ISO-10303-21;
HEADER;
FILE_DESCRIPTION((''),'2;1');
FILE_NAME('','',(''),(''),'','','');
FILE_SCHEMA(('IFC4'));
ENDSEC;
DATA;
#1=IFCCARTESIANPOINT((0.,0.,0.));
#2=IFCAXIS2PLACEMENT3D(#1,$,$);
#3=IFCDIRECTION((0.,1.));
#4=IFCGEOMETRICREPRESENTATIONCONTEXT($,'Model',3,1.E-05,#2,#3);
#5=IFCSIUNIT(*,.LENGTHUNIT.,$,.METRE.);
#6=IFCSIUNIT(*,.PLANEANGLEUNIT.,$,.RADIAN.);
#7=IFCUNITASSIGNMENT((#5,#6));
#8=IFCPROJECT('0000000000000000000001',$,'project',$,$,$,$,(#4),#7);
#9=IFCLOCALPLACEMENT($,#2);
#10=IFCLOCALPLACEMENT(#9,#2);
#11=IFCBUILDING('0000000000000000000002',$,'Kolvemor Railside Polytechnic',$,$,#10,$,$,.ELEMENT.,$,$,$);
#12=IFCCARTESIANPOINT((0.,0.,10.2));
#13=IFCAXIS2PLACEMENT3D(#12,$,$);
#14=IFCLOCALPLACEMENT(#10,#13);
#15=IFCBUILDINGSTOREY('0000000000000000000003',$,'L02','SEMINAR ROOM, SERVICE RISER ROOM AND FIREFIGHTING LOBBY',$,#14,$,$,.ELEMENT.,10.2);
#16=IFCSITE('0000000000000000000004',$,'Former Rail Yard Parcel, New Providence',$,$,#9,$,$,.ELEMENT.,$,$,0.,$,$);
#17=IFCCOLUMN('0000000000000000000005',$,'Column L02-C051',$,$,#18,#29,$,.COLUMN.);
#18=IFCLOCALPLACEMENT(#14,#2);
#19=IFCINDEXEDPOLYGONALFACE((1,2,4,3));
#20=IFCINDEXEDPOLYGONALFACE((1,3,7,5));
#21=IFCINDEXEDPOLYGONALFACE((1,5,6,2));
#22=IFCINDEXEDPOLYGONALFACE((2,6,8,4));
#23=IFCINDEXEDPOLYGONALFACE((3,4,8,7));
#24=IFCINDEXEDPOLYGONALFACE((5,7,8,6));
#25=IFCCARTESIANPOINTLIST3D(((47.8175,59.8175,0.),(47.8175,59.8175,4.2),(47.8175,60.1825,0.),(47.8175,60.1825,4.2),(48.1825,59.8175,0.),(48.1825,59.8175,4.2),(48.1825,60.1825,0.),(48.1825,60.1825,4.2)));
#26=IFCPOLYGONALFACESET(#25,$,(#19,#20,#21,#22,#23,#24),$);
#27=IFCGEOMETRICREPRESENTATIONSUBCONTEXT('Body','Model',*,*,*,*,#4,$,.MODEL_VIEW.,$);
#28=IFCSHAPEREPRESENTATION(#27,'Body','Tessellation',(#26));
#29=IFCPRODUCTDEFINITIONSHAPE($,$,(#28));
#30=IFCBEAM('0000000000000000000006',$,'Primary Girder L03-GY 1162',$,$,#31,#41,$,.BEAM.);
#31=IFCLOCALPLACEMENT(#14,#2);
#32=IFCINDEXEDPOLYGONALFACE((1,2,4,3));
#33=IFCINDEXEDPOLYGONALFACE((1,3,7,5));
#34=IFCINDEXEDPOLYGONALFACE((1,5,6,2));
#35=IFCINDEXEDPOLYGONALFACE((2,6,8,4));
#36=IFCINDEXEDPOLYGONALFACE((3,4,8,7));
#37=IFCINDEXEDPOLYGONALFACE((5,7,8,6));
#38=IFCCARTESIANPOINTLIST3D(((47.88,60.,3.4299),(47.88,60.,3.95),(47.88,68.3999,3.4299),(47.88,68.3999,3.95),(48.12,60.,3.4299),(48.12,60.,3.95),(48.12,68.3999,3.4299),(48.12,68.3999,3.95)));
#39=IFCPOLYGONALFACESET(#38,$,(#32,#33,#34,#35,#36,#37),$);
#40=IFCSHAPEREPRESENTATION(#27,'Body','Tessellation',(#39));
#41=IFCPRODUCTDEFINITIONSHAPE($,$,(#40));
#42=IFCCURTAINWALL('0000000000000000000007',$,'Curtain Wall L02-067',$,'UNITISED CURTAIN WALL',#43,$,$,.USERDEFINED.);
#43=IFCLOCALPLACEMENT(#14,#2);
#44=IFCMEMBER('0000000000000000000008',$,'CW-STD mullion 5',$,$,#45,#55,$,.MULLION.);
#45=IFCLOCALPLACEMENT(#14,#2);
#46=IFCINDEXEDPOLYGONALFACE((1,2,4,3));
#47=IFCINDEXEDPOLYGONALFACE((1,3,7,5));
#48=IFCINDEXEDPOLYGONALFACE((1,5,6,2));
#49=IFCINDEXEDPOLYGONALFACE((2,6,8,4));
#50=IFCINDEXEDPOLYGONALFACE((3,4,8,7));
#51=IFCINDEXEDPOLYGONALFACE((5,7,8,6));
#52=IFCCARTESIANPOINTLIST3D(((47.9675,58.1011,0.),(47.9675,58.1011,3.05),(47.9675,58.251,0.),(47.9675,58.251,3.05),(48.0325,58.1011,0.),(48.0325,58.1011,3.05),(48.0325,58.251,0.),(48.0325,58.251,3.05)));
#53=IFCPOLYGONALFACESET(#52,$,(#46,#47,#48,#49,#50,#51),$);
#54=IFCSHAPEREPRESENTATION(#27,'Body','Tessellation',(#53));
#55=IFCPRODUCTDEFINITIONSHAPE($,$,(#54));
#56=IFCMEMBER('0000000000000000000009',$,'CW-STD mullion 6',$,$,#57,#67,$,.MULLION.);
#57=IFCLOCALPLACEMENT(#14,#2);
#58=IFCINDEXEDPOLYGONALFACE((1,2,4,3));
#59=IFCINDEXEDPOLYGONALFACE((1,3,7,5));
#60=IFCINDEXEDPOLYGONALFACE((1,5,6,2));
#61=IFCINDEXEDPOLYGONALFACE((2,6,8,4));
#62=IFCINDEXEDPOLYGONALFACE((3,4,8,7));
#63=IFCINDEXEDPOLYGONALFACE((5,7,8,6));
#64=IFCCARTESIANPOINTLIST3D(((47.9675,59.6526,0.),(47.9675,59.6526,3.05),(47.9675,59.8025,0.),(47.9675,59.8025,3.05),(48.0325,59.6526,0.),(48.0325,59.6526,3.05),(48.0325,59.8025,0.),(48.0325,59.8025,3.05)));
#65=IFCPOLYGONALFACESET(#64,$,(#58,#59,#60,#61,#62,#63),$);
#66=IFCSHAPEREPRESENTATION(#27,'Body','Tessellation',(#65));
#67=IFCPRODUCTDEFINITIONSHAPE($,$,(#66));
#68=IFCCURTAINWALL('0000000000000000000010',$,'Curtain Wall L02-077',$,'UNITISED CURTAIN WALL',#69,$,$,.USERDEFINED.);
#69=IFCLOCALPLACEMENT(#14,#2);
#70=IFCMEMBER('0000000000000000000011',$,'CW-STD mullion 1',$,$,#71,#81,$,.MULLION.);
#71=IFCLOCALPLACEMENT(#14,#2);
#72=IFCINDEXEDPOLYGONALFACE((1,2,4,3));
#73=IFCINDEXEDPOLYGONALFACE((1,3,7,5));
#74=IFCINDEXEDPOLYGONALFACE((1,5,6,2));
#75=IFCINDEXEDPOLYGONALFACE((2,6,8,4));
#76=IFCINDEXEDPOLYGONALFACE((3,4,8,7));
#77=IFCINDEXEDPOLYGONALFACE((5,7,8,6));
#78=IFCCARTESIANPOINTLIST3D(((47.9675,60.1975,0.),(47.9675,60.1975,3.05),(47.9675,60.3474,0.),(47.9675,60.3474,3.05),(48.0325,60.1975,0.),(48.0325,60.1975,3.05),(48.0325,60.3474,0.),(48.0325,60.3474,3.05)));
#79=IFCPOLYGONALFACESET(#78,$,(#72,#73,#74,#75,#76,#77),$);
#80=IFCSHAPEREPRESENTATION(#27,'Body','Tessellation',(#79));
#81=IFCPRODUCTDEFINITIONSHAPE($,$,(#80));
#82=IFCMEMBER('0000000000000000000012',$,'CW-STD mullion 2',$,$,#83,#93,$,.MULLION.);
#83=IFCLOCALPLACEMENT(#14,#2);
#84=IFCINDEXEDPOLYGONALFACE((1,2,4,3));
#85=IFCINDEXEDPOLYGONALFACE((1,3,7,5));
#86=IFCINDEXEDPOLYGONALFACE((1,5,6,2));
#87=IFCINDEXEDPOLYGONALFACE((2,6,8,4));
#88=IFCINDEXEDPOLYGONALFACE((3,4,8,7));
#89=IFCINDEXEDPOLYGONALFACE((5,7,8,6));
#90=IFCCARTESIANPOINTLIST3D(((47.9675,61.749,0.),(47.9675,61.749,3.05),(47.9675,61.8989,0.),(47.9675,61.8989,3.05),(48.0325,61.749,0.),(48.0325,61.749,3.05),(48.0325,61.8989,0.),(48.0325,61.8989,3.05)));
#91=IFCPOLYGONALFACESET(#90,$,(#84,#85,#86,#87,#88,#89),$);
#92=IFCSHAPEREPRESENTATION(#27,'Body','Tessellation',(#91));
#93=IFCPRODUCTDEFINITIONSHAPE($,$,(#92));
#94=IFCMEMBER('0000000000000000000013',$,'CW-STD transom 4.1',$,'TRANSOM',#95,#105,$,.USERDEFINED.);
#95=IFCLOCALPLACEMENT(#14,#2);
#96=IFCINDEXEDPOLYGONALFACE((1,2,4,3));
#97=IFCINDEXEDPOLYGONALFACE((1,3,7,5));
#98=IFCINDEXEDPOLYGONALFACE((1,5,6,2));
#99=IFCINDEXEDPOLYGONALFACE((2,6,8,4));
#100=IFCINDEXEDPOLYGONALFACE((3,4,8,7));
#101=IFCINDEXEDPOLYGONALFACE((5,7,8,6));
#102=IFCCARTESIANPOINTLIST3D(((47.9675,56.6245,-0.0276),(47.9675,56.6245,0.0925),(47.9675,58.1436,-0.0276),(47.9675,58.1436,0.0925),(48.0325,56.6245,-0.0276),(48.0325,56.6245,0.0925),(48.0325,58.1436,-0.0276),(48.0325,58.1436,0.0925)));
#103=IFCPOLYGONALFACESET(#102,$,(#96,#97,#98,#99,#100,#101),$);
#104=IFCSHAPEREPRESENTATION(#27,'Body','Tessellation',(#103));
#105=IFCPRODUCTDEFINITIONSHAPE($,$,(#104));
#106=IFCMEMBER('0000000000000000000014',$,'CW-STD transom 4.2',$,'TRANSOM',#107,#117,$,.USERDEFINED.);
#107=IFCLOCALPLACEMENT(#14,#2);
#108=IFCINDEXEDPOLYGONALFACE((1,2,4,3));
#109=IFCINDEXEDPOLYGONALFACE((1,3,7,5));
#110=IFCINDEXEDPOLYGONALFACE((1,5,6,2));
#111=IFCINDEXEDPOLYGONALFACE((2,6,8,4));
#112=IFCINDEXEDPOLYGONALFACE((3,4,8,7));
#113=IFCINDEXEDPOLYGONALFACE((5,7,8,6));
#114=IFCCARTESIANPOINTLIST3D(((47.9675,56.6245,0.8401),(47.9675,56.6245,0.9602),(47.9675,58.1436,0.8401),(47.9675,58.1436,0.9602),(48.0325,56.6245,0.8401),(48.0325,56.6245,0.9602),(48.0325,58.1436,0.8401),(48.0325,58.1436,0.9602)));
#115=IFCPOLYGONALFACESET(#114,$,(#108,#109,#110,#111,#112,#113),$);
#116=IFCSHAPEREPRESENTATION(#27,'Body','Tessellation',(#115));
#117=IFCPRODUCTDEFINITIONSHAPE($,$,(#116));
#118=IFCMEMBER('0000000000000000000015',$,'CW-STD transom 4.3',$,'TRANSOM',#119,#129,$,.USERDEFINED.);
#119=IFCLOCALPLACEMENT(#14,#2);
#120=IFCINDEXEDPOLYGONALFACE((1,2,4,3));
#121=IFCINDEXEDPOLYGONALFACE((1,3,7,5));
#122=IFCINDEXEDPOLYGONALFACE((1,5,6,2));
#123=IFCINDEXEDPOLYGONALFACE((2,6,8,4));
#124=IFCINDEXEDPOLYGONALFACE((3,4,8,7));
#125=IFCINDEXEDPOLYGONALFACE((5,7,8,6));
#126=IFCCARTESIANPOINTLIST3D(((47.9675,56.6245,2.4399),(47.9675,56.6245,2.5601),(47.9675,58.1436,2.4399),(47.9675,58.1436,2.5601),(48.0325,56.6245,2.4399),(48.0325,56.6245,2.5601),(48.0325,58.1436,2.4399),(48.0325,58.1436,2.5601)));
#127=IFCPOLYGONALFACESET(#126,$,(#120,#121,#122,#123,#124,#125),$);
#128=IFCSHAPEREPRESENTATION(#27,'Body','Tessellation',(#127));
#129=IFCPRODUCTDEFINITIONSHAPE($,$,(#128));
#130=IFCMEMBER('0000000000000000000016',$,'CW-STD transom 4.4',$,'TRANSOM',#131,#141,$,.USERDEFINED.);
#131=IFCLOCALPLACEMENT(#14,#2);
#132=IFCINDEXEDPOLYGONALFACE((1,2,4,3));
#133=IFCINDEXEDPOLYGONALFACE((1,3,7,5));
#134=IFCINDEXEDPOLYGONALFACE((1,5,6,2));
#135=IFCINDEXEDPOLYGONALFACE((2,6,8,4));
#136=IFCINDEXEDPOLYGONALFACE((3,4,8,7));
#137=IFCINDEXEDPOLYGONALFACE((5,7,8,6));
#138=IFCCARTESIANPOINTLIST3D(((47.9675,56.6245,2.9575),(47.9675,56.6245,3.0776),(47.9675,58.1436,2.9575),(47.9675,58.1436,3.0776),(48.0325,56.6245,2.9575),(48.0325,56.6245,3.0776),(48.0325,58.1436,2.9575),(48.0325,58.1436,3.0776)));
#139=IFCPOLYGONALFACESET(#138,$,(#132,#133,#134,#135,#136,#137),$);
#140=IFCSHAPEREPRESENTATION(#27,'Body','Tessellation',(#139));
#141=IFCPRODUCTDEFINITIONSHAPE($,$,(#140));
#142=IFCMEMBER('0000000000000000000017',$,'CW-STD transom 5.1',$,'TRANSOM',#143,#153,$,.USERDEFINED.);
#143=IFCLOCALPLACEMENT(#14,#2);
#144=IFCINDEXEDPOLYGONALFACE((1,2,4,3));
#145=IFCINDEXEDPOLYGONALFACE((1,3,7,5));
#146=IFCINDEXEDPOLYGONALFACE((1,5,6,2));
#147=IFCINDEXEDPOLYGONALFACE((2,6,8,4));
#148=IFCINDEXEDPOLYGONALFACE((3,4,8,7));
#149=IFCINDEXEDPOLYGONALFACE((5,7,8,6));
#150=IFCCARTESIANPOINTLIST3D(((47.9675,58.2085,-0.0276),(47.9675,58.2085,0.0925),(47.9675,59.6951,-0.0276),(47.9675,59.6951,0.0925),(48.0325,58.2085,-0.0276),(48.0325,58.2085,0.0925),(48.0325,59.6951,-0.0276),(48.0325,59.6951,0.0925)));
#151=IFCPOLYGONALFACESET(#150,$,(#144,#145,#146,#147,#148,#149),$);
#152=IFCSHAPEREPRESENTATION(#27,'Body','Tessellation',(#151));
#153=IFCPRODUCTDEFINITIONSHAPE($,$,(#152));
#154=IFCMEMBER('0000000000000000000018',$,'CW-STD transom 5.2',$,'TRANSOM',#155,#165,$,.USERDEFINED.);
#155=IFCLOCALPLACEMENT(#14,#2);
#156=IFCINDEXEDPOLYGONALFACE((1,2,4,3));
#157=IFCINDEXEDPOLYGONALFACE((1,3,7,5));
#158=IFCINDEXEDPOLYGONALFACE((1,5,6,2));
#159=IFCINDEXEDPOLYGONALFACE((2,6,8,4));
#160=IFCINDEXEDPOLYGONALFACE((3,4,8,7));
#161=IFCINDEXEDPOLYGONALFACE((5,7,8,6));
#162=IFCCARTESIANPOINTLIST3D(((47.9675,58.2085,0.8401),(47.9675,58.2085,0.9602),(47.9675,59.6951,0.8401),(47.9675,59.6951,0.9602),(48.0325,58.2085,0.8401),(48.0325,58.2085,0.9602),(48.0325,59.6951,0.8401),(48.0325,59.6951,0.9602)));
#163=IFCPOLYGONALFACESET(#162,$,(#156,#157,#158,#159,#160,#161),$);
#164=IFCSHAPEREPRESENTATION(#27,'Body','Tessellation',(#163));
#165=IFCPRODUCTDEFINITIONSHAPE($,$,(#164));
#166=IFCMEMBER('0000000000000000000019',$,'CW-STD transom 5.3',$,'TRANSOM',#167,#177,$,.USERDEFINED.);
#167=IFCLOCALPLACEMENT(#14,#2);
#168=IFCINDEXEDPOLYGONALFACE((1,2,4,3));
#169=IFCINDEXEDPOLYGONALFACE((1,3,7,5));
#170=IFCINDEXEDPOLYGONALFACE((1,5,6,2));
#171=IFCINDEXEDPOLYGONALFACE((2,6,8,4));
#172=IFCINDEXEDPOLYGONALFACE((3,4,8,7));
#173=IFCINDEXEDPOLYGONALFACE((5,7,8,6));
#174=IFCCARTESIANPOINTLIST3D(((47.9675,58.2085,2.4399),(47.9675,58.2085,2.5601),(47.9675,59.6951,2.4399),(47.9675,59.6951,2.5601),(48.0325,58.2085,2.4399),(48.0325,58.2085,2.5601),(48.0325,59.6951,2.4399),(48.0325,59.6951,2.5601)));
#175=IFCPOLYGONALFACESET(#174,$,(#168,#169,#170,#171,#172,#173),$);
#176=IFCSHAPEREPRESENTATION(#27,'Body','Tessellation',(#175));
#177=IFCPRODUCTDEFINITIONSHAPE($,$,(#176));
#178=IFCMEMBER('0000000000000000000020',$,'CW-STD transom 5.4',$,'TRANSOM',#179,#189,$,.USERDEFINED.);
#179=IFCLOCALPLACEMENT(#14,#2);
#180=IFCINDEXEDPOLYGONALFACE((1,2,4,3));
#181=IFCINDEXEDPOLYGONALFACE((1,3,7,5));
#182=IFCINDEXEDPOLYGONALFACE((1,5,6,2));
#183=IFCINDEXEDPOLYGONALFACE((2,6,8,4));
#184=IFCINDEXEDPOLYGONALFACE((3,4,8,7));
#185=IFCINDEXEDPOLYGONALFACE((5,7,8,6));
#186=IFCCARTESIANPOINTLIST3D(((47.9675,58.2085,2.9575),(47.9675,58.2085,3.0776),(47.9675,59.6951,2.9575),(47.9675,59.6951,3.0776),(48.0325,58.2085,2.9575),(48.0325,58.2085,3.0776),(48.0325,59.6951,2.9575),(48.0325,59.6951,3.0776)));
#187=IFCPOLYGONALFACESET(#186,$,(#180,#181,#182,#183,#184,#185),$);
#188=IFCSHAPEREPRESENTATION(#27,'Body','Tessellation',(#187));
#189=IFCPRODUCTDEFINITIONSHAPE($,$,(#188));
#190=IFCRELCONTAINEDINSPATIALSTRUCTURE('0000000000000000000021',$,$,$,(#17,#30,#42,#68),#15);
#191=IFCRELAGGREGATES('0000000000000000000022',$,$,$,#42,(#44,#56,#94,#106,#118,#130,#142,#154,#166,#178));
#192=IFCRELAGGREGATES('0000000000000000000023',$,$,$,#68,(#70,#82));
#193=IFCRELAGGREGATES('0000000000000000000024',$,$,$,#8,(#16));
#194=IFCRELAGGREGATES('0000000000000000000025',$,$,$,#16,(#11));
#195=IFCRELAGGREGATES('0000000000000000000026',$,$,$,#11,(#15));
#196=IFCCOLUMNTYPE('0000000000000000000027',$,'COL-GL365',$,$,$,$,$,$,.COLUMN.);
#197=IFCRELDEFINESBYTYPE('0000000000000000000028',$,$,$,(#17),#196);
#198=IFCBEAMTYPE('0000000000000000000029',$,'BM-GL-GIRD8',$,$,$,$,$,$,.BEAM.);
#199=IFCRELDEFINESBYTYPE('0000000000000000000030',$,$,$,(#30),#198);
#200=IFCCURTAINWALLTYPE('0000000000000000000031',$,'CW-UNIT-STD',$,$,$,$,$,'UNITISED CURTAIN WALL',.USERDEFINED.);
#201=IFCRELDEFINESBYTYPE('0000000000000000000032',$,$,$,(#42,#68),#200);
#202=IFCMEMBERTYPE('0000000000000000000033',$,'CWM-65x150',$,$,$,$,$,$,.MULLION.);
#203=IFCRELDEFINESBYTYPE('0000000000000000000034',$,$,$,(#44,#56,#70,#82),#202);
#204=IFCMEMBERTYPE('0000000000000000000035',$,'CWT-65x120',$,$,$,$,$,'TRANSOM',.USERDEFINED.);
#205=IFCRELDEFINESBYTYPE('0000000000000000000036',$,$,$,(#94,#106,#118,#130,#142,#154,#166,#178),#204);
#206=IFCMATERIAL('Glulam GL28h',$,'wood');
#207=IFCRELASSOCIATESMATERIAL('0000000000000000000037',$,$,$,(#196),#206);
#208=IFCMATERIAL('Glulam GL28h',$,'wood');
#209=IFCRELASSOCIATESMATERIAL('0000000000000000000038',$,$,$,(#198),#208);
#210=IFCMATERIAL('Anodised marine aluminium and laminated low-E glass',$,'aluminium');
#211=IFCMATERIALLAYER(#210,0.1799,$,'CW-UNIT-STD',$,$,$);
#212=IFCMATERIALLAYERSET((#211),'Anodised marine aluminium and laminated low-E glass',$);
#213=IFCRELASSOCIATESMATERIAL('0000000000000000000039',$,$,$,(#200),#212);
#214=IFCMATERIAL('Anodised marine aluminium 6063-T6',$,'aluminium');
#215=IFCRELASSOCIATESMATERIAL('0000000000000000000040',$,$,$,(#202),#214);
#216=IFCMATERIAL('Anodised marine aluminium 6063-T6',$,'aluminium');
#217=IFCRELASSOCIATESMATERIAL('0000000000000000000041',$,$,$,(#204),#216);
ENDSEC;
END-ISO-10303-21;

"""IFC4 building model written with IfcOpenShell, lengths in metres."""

from ifc_helpers import new_model, si_unit, direction, frame, origin, origin_2d, place, context, subcontext, project, spatial, rectangle, extrude, material, layer, layer_set, material_profile, profile_set, type_object, element, aggregate, save


model = new_model("IFC4")

# Units and contexts
model_context = context("Model", 3, precision=1e-05, world=origin(), true_north=direction((0.0, 1.0)))
body_context = subcontext(model_context, "Body", "Model", "MODEL_VIEW")
ifc_project = project(units=[si_unit("LENGTHUNIT", "METRE"), si_unit("PLANEANGLEUNIT", "RADIAN")], contexts=[model_context])

# Site, building, storey
site_placement = place(None, origin())
site = spatial("IfcSite", under=ifc_project, at=site_placement, Name="Former Rail Yard Parcel, New Providence", CompositionType="ELEMENT", RefElevation=0.0)
building_placement = place(site_placement, origin())
building = spatial("IfcBuilding", under=site, at=building_placement, Name="Kolvemor Railside Polytechnic", CompositionType="ELEMENT")
storey_placement = place(building_placement, frame((0.0, 0.0, 10.2)))
storey = spatial("IfcBuildingStorey", under=building, at=storey_placement, Name="L02", Description="SEMINAR ROOM, SERVICE RISER ROOM AND FIREFIGHTING LOBBY", CompositionType="ELEMENT", Elevation=10.2)

# Column
ifc_material_1 = material(Name="Glulam GL28h", Category="wood")
ifc_material_profile_1 = material_profile(ifc_material_1, rectangle(XDim=0.365, YDim=0.365, at=origin_2d()), Name="GL365x365")
ifc_profile_set_1 = profile_set([ifc_material_profile_1], Name="Glulam GL28h")
column_type = type_object("IfcColumnType", Name="COL-GL365", PredefinedType="COLUMN", material=ifc_profile_set_1)
column_placement = place(storey_placement, frame((48.0, 60.0, 0.0), z_axis=(0.0, 0.0, 1.0), x_axis=(1.0, 0.0, 0.0)))
element("IfcColumn", 1, at=column_placement, inside=storey, type_object=column_type, Name="Column L02-C051", PredefinedType="COLUMN", context=body_context, shape_type="SweptSolid", body=[
    extrude(rectangle(XDim=0.365, YDim=0.365, at=origin_2d()), origin(), (0.0, 0.0, 1.0), 4.2),
])

# Beam
ifc_material_2 = material(Name="Glulam GL28h", Category="wood")
ifc_material_profile_2 = material_profile(ifc_material_2, rectangle(XDim=0.24, YDim=0.52, at=origin_2d()), Name="GL240x520")
ifc_profile_set_2 = profile_set([ifc_material_profile_2], Name="Glulam GL28h")
beam_type = type_object("IfcBeamType", Name="BM-GL-GIRD8", PredefinedType="BEAM", material=ifc_profile_set_2)
beam_placement = place(storey_placement, frame((48.0, 60.0, 3.6899), z_axis=(0.0, 1.0, 0.0), x_axis=(-1.0, 0.0, 0.0)))
element("IfcBeam", 2, at=beam_placement, inside=storey, type_object=beam_type, Name="Primary Girder L03-GY 1162", PredefinedType="BEAM", context=body_context, shape_type="SweptSolid", body=[
    extrude(rectangle(XDim=0.24, YDim=0.52, at=origin_2d()), origin(), (0.0, 0.0, 1.0), 8.3999),
])

# Curtain walls, members
ifc_material_3 = material(Name="Anodised marine aluminium and laminated low-E glass", Category="aluminium")
ifc_layer_1 = layer(ifc_material_3, 0.1799, Name="CW-UNIT-STD")
ifc_layer_set_1 = layer_set([ifc_layer_1], Name="Anodised marine aluminium and laminated low-E glass")
curtain_wall_type = type_object("IfcCurtainWallType", Name="CW-UNIT-STD", ElementType="UNITISED CURTAIN WALL", PredefinedType="USERDEFINED", material=ifc_layer_set_1)
curtain_wall_1_placement = place(storey_placement, origin())
curtain_wall_1 = element("IfcCurtainWall", 3, at=curtain_wall_1_placement, inside=storey, type_object=curtain_wall_type, Name="Curtain Wall L02-067", ObjectType="UNITISED CURTAIN WALL", PredefinedType="USERDEFINED")
ifc_material_4 = material(Name="Anodised marine aluminium 6063-T6", Category="aluminium")
ifc_material_profile_3 = material_profile(ifc_material_4, rectangle(XDim=0.0649, YDim=0.1499, at=origin_2d()), Name="CW-MUL-65x150")
ifc_profile_set_3 = profile_set([ifc_material_profile_3], Name="Anodised marine aluminium 6063-T6")
member_type_1 = type_object("IfcMemberType", Name="CWM-65x150", PredefinedType="MULLION", material=ifc_profile_set_3)
member_1_placement = place(storey_placement, frame((48.0, 58.176, 0.0), z_axis=(0.0, 0.0, 1.0), x_axis=(-1.0, 0.0, 0.0)))
member_1 = element("IfcMember", 4, at=member_1_placement, type_object=member_type_1, Name="CW-STD mullion 5", PredefinedType="MULLION", context=body_context, shape_type="SweptSolid", body=[
    extrude(rectangle(XDim=0.0649, YDim=0.1499, at=origin_2d()), origin(), (0.0, 0.0, 1.0), 3.05),
])
member_2_placement = place(storey_placement, frame((48.0, 59.7275, 0.0), z_axis=(0.0, 0.0, 1.0), x_axis=(-1.0, 0.0, 0.0)))
member_2 = element("IfcMember", 5, at=member_2_placement, type_object=member_type_1, Name="CW-STD mullion 6", PredefinedType="MULLION", context=body_context, shape_type="SweptSolid", body=[
    extrude(rectangle(XDim=0.0649, YDim=0.1499, at=origin_2d()), origin(), (0.0, 0.0, 1.0), 3.05),
])
curtain_wall_2_placement = place(storey_placement, origin())
curtain_wall_2 = element("IfcCurtainWall", 6, at=curtain_wall_2_placement, inside=storey, type_object=curtain_wall_type, Name="Curtain Wall L02-077", ObjectType="UNITISED CURTAIN WALL", PredefinedType="USERDEFINED")
member_3_placement = place(storey_placement, frame((48.0, 60.2725, 0.0), z_axis=(0.0, 0.0, 1.0), x_axis=(-1.0, 0.0, 0.0)))
member_3 = element("IfcMember", 7, at=member_3_placement, type_object=member_type_1, Name="CW-STD mullion 1", PredefinedType="MULLION", context=body_context, shape_type="SweptSolid", body=[
    extrude(rectangle(XDim=0.0649, YDim=0.1499, at=origin_2d()), origin(), (0.0, 0.0, 1.0), 3.05),
])
member_4_placement = place(storey_placement, frame((48.0, 61.824, 0.0), z_axis=(0.0, 0.0, 1.0), x_axis=(-1.0, 0.0, 0.0)))
member_4 = element("IfcMember", 8, at=member_4_placement, type_object=member_type_1, Name="CW-STD mullion 2", PredefinedType="MULLION", context=body_context, shape_type="SweptSolid", body=[
    extrude(rectangle(XDim=0.0649, YDim=0.1499, at=origin_2d()), origin(), (0.0, 0.0, 1.0), 3.05),
])

# Members
ifc_material_5 = material(Name="Anodised marine aluminium 6063-T6", Category="aluminium")
ifc_material_profile_4 = material_profile(ifc_material_5, rectangle(XDim=0.0649, YDim=0.1201, at=origin_2d()), Name="CW-TRN-65x120")
ifc_profile_set_4 = profile_set([ifc_material_profile_4], Name="Anodised marine aluminium 6063-T6")
member_type_2 = type_object("IfcMemberType", Name="CWT-65x120", ElementType="TRANSOM", PredefinedType="USERDEFINED", material=ifc_profile_set_4)
member_5_placement = place(storey_placement, frame((48.0, 56.6245, 0.0325), z_axis=(0.0, 1.0, 0.0), x_axis=(-1.0, 0.0, 0.0)))
member_5 = element("IfcMember", 9, at=member_5_placement, type_object=member_type_2, Name="CW-STD transom 4.1", ObjectType="TRANSOM", PredefinedType="USERDEFINED", context=body_context, shape_type="SweptSolid", body=[
    extrude(rectangle(XDim=0.0649, YDim=0.1201, at=origin_2d()), origin(), (0.0, 0.0, 1.0), 1.519),
])
member_6_placement = place(storey_placement, frame((48.0, 56.6245, 0.9001), z_axis=(0.0, 1.0, 0.0), x_axis=(-1.0, 0.0, 0.0)))
member_6 = element("IfcMember", 10, at=member_6_placement, type_object=member_type_2, Name="CW-STD transom 4.2", ObjectType="TRANSOM", PredefinedType="USERDEFINED", context=body_context, shape_type="SweptSolid", body=[
    extrude(rectangle(XDim=0.0649, YDim=0.1201, at=origin_2d()), origin(), (0.0, 0.0, 1.0), 1.519),
])
member_7_placement = place(storey_placement, frame((48.0, 56.6245, 2.5), z_axis=(0.0, 1.0, 0.0), x_axis=(-1.0, 0.0, 0.0)))
member_7 = element("IfcMember", 11, at=member_7_placement, type_object=member_type_2, Name="CW-STD transom 4.3", ObjectType="TRANSOM", PredefinedType="USERDEFINED", context=body_context, shape_type="SweptSolid", body=[
    extrude(rectangle(XDim=0.0649, YDim=0.1201, at=origin_2d()), origin(), (0.0, 0.0, 1.0), 1.519),
])
member_8_placement = place(storey_placement, frame((48.0, 56.6245, 3.0176), z_axis=(0.0, 1.0, 0.0), x_axis=(-1.0, 0.0, 0.0)))
member_8 = element("IfcMember", 12, at=member_8_placement, type_object=member_type_2, Name="CW-STD transom 4.4", ObjectType="TRANSOM", PredefinedType="USERDEFINED", context=body_context, shape_type="SweptSolid", body=[
    extrude(rectangle(XDim=0.0649, YDim=0.1201, at=origin_2d()), origin(), (0.0, 0.0, 1.0), 1.519),
])
member_9_placement = place(storey_placement, frame((48.0, 58.2085, 0.0325), z_axis=(0.0, 1.0, 0.0), x_axis=(-1.0, 0.0, 0.0)))
member_9 = element("IfcMember", 13, at=member_9_placement, type_object=member_type_2, Name="CW-STD transom 5.1", ObjectType="TRANSOM", PredefinedType="USERDEFINED", context=body_context, shape_type="SweptSolid", body=[
    extrude(rectangle(XDim=0.0649, YDim=0.1201, at=origin_2d()), origin(), (0.0, 0.0, 1.0), 1.4866),
])
member_10_placement = place(storey_placement, frame((48.0, 58.2085, 0.9001), z_axis=(0.0, 1.0, 0.0), x_axis=(-1.0, 0.0, 0.0)))
member_10 = element("IfcMember", 14, at=member_10_placement, type_object=member_type_2, Name="CW-STD transom 5.2", ObjectType="TRANSOM", PredefinedType="USERDEFINED", context=body_context, shape_type="SweptSolid", body=[
    extrude(rectangle(XDim=0.0649, YDim=0.1201, at=origin_2d()), origin(), (0.0, 0.0, 1.0), 1.4866),
])
member_11_placement = place(storey_placement, frame((48.0, 58.2085, 2.5), z_axis=(0.0, 1.0, 0.0), x_axis=(-1.0, 0.0, 0.0)))
member_11 = element("IfcMember", 15, at=member_11_placement, type_object=member_type_2, Name="CW-STD transom 5.3", ObjectType="TRANSOM", PredefinedType="USERDEFINED", context=body_context, shape_type="SweptSolid", body=[
    extrude(rectangle(XDim=0.0649, YDim=0.1201, at=origin_2d()), origin(), (0.0, 0.0, 1.0), 1.4866),
])
member_12_placement = place(storey_placement, frame((48.0, 58.2085, 3.0176), z_axis=(0.0, 1.0, 0.0), x_axis=(-1.0, 0.0, 0.0)))
member_12 = element("IfcMember", 16, at=member_12_placement, type_object=member_type_2, Name="CW-STD transom 5.4", ObjectType="TRANSOM", PredefinedType="USERDEFINED", context=body_context, shape_type="SweptSolid", body=[
    extrude(rectangle(XDim=0.0649, YDim=0.1201, at=origin_2d()), origin(), (0.0, 0.0, 1.0), 1.4866),
])

aggregate(curtain_wall_1, [member_1, member_2, member_5, member_6, member_7, member_8, member_9, member_10, member_11, member_12])
aggregate(curtain_wall_2, [member_3, member_4])

save(model, "model.ifc")
